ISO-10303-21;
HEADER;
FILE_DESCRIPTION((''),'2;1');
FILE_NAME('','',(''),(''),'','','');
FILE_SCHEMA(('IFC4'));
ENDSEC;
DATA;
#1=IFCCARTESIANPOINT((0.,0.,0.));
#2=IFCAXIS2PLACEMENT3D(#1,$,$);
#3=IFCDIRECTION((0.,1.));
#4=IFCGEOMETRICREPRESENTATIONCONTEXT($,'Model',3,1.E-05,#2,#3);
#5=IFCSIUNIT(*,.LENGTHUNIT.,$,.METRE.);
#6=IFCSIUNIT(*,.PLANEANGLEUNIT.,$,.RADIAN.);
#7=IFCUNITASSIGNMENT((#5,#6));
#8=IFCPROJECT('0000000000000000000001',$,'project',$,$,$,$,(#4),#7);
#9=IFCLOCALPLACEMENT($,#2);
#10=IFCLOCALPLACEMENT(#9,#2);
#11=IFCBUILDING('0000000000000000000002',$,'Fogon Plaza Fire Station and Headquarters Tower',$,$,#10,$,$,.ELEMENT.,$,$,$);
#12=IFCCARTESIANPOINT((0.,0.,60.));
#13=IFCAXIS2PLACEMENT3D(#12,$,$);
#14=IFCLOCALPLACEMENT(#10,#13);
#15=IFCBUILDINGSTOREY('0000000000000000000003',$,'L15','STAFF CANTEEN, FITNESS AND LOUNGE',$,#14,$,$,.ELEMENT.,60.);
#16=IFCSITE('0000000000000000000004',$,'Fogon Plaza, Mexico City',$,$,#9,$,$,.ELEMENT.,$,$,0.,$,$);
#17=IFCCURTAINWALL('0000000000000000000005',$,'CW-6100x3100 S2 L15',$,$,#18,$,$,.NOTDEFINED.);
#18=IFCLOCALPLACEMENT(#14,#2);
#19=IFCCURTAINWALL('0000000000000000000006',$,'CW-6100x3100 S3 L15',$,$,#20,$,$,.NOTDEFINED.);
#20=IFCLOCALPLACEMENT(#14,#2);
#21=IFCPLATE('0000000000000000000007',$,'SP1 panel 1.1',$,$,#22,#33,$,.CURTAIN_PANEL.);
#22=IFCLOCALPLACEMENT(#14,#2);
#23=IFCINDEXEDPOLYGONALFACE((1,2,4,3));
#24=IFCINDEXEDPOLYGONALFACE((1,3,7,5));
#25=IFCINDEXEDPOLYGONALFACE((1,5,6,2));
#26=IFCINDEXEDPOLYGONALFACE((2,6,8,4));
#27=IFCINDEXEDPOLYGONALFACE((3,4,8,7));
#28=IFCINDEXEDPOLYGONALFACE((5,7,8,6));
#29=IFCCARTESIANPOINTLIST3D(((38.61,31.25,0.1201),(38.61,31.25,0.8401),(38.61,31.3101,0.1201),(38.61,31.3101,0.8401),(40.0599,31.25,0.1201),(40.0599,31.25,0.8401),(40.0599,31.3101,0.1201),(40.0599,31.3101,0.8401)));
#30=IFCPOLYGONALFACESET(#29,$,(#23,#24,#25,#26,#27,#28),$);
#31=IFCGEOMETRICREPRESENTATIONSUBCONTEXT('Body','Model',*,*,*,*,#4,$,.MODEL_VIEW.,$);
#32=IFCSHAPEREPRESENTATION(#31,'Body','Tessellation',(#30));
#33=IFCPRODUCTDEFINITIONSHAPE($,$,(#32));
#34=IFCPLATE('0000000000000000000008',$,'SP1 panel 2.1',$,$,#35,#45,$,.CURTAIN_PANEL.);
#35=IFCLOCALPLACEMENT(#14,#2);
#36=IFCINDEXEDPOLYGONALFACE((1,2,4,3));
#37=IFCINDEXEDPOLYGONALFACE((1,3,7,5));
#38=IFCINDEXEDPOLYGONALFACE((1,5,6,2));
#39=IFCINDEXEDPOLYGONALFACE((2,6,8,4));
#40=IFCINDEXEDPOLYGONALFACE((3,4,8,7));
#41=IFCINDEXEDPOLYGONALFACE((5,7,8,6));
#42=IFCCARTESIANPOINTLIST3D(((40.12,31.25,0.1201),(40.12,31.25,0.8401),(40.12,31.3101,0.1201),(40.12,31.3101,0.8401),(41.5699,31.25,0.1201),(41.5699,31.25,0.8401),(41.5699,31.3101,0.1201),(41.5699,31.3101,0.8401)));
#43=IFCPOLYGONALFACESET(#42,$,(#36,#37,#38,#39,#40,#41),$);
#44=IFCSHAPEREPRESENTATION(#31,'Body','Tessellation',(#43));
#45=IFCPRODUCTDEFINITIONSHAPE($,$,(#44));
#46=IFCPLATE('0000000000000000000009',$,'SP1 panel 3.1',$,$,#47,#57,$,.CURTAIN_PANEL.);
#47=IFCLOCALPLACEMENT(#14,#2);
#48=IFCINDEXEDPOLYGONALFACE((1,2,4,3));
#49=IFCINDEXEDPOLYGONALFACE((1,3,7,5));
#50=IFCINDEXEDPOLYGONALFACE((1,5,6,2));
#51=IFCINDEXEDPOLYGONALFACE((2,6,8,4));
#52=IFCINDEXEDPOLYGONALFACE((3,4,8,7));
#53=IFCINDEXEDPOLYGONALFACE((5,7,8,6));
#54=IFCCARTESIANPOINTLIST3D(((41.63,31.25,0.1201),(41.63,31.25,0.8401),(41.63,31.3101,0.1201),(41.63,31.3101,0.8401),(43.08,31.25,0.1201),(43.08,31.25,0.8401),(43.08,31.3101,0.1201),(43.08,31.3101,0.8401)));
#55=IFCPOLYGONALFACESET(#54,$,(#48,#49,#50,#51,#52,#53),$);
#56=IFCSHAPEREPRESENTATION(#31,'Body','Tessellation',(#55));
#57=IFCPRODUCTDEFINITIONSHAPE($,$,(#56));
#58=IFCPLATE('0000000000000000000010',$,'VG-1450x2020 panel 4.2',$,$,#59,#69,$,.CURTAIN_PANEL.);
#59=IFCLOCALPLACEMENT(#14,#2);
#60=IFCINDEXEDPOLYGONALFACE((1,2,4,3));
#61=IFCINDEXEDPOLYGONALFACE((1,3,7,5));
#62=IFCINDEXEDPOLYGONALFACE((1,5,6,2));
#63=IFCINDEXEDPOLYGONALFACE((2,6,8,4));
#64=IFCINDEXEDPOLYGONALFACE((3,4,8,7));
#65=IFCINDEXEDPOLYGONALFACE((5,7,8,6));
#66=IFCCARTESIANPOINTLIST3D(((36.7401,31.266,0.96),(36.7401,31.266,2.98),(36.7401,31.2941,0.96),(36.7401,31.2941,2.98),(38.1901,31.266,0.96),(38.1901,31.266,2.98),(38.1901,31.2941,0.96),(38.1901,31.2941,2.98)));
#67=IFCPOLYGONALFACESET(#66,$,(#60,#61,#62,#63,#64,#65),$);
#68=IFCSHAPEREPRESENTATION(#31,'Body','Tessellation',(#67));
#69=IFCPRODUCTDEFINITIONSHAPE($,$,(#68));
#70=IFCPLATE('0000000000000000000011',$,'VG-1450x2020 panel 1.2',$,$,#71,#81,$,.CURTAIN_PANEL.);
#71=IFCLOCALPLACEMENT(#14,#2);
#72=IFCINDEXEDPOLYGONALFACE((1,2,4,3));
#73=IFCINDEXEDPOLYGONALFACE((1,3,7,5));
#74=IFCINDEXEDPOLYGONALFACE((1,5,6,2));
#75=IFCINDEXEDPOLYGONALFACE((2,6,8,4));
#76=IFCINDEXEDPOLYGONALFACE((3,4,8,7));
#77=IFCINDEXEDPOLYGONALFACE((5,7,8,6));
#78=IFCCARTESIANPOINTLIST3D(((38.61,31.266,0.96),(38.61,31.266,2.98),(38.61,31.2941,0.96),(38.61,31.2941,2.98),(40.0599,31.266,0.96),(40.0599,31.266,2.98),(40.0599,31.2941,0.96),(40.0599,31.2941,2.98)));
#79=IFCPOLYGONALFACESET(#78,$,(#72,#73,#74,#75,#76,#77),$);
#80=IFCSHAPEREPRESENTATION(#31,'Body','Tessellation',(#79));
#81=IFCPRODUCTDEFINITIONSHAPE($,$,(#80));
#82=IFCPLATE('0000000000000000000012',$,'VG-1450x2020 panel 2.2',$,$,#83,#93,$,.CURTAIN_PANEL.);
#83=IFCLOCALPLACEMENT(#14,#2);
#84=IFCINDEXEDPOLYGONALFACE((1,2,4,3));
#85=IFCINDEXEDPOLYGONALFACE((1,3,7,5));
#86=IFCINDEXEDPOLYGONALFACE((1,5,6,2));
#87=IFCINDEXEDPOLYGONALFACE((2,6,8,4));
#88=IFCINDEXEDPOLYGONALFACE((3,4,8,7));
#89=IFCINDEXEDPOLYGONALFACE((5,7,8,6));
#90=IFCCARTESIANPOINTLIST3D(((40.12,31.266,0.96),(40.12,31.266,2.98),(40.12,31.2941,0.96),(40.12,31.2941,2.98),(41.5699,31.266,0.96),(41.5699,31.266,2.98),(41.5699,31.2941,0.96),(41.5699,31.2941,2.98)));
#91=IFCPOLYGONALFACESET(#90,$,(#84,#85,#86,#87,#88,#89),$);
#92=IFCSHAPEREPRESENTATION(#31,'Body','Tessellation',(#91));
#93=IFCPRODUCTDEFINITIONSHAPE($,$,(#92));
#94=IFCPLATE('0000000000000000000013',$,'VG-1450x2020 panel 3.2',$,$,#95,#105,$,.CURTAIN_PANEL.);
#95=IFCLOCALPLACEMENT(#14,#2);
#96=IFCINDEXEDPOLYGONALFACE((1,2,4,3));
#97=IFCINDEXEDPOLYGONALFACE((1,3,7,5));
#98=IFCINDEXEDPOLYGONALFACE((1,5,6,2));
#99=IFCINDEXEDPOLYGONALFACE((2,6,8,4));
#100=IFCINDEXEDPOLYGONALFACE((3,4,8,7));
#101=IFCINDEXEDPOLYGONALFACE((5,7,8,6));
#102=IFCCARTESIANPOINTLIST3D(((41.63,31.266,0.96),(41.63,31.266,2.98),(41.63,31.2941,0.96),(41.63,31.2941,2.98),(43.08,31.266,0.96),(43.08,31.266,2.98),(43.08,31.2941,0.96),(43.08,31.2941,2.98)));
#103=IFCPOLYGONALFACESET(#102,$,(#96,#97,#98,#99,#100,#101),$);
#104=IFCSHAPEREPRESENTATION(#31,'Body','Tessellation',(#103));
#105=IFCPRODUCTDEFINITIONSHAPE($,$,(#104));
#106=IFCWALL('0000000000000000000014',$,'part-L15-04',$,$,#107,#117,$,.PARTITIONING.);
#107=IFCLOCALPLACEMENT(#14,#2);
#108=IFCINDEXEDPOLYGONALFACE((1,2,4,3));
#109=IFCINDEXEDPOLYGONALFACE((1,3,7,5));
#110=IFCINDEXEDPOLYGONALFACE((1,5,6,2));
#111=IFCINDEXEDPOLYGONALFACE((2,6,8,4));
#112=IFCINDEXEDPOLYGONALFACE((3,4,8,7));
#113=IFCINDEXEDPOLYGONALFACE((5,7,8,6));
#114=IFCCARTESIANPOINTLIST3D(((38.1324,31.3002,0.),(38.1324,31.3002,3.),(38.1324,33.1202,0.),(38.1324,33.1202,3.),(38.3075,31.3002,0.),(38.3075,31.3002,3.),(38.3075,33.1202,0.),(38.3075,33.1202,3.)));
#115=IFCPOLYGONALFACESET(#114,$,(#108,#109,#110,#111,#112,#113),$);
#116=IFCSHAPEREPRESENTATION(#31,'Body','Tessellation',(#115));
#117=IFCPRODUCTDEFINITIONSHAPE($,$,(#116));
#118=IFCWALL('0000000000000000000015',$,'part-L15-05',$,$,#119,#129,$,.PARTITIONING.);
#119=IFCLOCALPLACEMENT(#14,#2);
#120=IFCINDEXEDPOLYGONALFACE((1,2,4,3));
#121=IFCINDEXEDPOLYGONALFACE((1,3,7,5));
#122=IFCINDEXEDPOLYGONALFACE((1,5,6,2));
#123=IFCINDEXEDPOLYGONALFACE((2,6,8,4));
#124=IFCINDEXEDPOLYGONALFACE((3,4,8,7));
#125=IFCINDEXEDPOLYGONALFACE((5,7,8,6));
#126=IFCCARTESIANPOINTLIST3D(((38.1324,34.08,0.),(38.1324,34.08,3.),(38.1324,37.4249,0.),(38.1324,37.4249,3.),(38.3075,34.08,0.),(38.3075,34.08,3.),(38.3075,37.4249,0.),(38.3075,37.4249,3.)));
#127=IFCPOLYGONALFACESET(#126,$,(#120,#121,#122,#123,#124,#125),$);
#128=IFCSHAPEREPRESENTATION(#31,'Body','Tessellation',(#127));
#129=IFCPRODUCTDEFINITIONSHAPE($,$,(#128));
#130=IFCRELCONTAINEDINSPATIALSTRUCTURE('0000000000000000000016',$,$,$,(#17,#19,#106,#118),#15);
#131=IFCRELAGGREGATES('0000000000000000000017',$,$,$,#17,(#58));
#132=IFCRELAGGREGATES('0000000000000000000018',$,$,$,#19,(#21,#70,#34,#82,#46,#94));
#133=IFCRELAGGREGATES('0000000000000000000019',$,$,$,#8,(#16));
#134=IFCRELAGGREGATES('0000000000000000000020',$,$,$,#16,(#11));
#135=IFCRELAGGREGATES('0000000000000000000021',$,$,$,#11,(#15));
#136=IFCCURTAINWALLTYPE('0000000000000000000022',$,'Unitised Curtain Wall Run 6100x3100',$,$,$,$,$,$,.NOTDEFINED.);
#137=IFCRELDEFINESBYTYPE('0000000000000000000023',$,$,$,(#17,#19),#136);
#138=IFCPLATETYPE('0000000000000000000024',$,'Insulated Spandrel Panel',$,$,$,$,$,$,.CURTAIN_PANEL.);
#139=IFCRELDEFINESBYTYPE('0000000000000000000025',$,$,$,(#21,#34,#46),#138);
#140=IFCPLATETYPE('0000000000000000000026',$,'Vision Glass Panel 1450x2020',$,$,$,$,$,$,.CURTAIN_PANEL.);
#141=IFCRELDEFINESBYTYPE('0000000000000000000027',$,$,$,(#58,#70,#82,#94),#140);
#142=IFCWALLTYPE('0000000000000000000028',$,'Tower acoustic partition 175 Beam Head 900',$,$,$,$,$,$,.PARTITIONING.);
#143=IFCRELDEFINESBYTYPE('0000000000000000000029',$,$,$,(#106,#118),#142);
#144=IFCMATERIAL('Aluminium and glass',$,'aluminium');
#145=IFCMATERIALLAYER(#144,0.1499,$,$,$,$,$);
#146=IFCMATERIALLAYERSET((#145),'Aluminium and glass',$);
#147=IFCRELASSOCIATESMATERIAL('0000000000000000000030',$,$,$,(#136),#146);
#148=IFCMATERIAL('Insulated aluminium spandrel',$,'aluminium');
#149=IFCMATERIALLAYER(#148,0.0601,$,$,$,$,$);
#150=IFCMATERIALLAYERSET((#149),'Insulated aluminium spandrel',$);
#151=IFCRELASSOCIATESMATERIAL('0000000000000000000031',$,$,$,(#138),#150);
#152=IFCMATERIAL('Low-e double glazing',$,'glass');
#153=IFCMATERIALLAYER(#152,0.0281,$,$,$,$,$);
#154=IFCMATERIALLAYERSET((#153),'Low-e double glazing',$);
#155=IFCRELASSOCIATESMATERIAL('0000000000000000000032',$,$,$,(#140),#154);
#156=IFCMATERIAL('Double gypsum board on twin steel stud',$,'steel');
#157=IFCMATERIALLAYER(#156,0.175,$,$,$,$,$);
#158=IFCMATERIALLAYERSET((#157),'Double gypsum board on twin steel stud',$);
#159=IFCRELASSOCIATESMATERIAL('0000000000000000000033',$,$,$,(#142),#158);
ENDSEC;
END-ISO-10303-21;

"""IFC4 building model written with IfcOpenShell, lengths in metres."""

from ifc_helpers import new_model, si_unit, direction, frame, frame_2d, origin, origin_2d, place, context, subcontext, project, spatial, rectangle, extrude, material, layer, layer_set, type_object, element, aggregate, save


model = new_model("IFC4")

# Units and contexts
model_context = context("Model", 3, precision=1e-05, world=origin(), true_north=direction((0.0, 1.0)))
body_context = subcontext(model_context, "Body", "Model", "MODEL_VIEW")
ifc_project = project(units=[si_unit("LENGTHUNIT", "METRE"), si_unit("PLANEANGLEUNIT", "RADIAN")], contexts=[model_context])

# Site, building, storey
site_placement = place(None, origin())
site = spatial("IfcSite", under=ifc_project, at=site_placement, Name="Fogon Plaza, Mexico City", CompositionType="ELEMENT", RefElevation=0.0)
building_placement = place(site_placement, origin())
building = spatial("IfcBuilding", under=site, at=building_placement, Name="Fogon Plaza Fire Station and Headquarters Tower", CompositionType="ELEMENT")
storey_placement = place(building_placement, frame((0.0, 0.0, 60.0)))
storey = spatial("IfcBuildingStorey", under=building, at=storey_placement, Name="L15", Description="STAFF CANTEEN, FITNESS AND LOUNGE", CompositionType="ELEMENT", Elevation=60.0)

# Curtain wall
ifc_material_1 = material(Name="Aluminium and glass", Category="aluminium")
ifc_layer_1 = layer(ifc_material_1, 0.1499)
ifc_layer_set_1 = layer_set([ifc_layer_1], Name="Aluminium and glass")
curtain_wall_type = type_object("IfcCurtainWallType", Name="Unitised Curtain Wall Run 6100x3100", PredefinedType="NOTDEFINED", material=ifc_layer_set_1)
curtain_wall_1_placement = place(storey_placement, origin())
curtain_wall_1 = element("IfcCurtainWall", 1, at=curtain_wall_1_placement, inside=storey, type_object=curtain_wall_type, Name="CW-6100x3100 S2 L15", PredefinedType="NOTDEFINED")

# Curtain wall
curtain_wall_2_placement = place(storey_placement, origin())
curtain_wall_2 = element("IfcCurtainWall", 2, at=curtain_wall_2_placement, inside=storey, type_object=curtain_wall_type, Name="CW-6100x3100 S3 L15", PredefinedType="NOTDEFINED")

# Plates
ifc_material_2 = material(Name="Insulated aluminium spandrel", Category="aluminium")
ifc_layer_2 = layer(ifc_material_2, 0.0601)
ifc_layer_set_2 = layer_set([ifc_layer_2], Name="Insulated aluminium spandrel")
plate_type_1 = type_object("IfcPlateType", Name="Insulated Spandrel Panel", PredefinedType="CURTAIN_PANEL", material=ifc_layer_set_2)
plate_1_placement = place(storey_placement, frame((39.335, 31.28, 0.1201), z_axis=(0.0, 0.0, 1.0), x_axis=(1.0, 0.0, 0.0)))
plate_1 = element("IfcPlate", 3, at=plate_1_placement, type_object=plate_type_1, Name="SP1 panel 1.1", PredefinedType="CURTAIN_PANEL", context=body_context, shape_type="SweptSolid", body=[
    extrude(rectangle(XDim=1.45, YDim=0.0601, at=origin_2d()), origin(), (0.0, 0.0, 1.0), 0.72),
])
plate_2_placement = place(storey_placement, frame((40.845, 31.28, 0.1201), z_axis=(0.0, 0.0, 1.0), x_axis=(1.0, 0.0, 0.0)))
plate_2 = element("IfcPlate", 4, at=plate_2_placement, type_object=plate_type_1, Name="SP1 panel 2.1", PredefinedType="CURTAIN_PANEL", context=body_context, shape_type="SweptSolid", body=[
    extrude(rectangle(XDim=1.45, YDim=0.0601, at=origin_2d()), origin(), (0.0, 0.0, 1.0), 0.72),
])
plate_3_placement = place(storey_placement, frame((42.355, 31.28, 0.1201), z_axis=(0.0, 0.0, 1.0), x_axis=(1.0, 0.0, 0.0)))
plate_3 = element("IfcPlate", 5, at=plate_3_placement, type_object=plate_type_1, Name="SP1 panel 3.1", PredefinedType="CURTAIN_PANEL", context=body_context, shape_type="SweptSolid", body=[
    extrude(rectangle(XDim=1.45, YDim=0.0601, at=origin_2d()), origin(), (0.0, 0.0, 1.0), 0.72),
])
ifc_material_3 = material(Name="Low-e double glazing", Category="glass")
ifc_layer_3 = layer(ifc_material_3, 0.0281)
ifc_layer_set_3 = layer_set([ifc_layer_3], Name="Low-e double glazing")
plate_type_2 = type_object("IfcPlateType", Name="Vision Glass Panel 1450x2020", PredefinedType="CURTAIN_PANEL", material=ifc_layer_set_3)
plate_4_placement = place(storey_placement, frame((37.4651, 31.28, 0.96), z_axis=(0.0, 0.0, 1.0), x_axis=(1.0, 0.0, 0.0)))
plate_4 = element("IfcPlate", 6, at=plate_4_placement, type_object=plate_type_2, Name="VG-1450x2020 panel 4.2", PredefinedType="CURTAIN_PANEL", context=body_context, shape_type="SweptSolid", body=[
    extrude(rectangle(XDim=1.45, YDim=0.0281, at=origin_2d()), origin(), (0.0, 0.0, 1.0), 2.02),
])
aggregate(curtain_wall_1, [plate_4])
plate_5_placement = place(storey_placement, frame((39.335, 31.28, 0.96), z_axis=(0.0, 0.0, 1.0), x_axis=(1.0, 0.0, 0.0)))
plate_5 = element("IfcPlate", 7, at=plate_5_placement, type_object=plate_type_2, Name="VG-1450x2020 panel 1.2", PredefinedType="CURTAIN_PANEL", context=body_context, shape_type="SweptSolid", body=[
    extrude(rectangle(XDim=1.45, YDim=0.0281, at=origin_2d()), origin(), (0.0, 0.0, 1.0), 2.02),
])
plate_6_placement = place(storey_placement, frame((40.845, 31.28, 0.96), z_axis=(0.0, 0.0, 1.0), x_axis=(1.0, 0.0, 0.0)))
plate_6 = element("IfcPlate", 8, at=plate_6_placement, type_object=plate_type_2, Name="VG-1450x2020 panel 2.2", PredefinedType="CURTAIN_PANEL", context=body_context, shape_type="SweptSolid", body=[
    extrude(rectangle(XDim=1.45, YDim=0.0281, at=origin_2d()), origin(), (0.0, 0.0, 1.0), 2.02),
])
plate_7_placement = place(storey_placement, frame((42.355, 31.28, 0.96), z_axis=(0.0, 0.0, 1.0), x_axis=(1.0, 0.0, 0.0)))
plate_7 = element("IfcPlate", 9, at=plate_7_placement, type_object=plate_type_2, Name="VG-1450x2020 panel 3.2", PredefinedType="CURTAIN_PANEL", context=body_context, shape_type="SweptSolid", body=[
    extrude(rectangle(XDim=1.45, YDim=0.0281, at=origin_2d()), origin(), (0.0, 0.0, 1.0), 2.02),
])
aggregate(curtain_wall_2, [plate_1, plate_5, plate_2, plate_6, plate_3, plate_7])

# Walls
ifc_material_4 = material(Name="Double gypsum board on twin steel stud", Category="steel")
ifc_layer_4 = layer(ifc_material_4, 0.175)
ifc_layer_set_4 = layer_set([ifc_layer_4], Name="Double gypsum board on twin steel stud")
wall_type = type_object("IfcWallType", Name="Tower acoustic partition 175 Beam Head 900", PredefinedType="PARTITIONING", material=ifc_layer_set_4)
wall_1_placement = place(storey_placement, frame((38.22, 31.3, 0.0), z_axis=(0.0, 0.0, 1.0), x_axis=(0.0, 1.0, 0.0)))
element("IfcWall", 10, at=wall_1_placement, inside=storey, type_object=wall_type, Name="part-L15-04", PredefinedType="PARTITIONING", context=body_context, shape_type="SweptSolid", body=[
    extrude(rectangle(XDim=1.8201, YDim=0.175, at=frame_2d((0.9102, 0.0))), origin(), (0.0, 0.0, 1.0), 3.0),
])
wall_2_placement = place(storey_placement, frame((38.22, 34.0801, 0.0), z_axis=(0.0, 0.0, 1.0), x_axis=(0.0, 1.0, 0.0)))
element("IfcWall", 11, at=wall_2_placement, inside=storey, type_object=wall_type, Name="part-L15-05", PredefinedType="PARTITIONING", context=body_context, shape_type="SweptSolid", body=[
    extrude(rectangle(XDim=3.345, YDim=0.175, at=frame_2d((1.6724, 0.0))), origin(), (0.0, 0.0, 1.0), 3.0),
])

save(model, "model.ifc")
